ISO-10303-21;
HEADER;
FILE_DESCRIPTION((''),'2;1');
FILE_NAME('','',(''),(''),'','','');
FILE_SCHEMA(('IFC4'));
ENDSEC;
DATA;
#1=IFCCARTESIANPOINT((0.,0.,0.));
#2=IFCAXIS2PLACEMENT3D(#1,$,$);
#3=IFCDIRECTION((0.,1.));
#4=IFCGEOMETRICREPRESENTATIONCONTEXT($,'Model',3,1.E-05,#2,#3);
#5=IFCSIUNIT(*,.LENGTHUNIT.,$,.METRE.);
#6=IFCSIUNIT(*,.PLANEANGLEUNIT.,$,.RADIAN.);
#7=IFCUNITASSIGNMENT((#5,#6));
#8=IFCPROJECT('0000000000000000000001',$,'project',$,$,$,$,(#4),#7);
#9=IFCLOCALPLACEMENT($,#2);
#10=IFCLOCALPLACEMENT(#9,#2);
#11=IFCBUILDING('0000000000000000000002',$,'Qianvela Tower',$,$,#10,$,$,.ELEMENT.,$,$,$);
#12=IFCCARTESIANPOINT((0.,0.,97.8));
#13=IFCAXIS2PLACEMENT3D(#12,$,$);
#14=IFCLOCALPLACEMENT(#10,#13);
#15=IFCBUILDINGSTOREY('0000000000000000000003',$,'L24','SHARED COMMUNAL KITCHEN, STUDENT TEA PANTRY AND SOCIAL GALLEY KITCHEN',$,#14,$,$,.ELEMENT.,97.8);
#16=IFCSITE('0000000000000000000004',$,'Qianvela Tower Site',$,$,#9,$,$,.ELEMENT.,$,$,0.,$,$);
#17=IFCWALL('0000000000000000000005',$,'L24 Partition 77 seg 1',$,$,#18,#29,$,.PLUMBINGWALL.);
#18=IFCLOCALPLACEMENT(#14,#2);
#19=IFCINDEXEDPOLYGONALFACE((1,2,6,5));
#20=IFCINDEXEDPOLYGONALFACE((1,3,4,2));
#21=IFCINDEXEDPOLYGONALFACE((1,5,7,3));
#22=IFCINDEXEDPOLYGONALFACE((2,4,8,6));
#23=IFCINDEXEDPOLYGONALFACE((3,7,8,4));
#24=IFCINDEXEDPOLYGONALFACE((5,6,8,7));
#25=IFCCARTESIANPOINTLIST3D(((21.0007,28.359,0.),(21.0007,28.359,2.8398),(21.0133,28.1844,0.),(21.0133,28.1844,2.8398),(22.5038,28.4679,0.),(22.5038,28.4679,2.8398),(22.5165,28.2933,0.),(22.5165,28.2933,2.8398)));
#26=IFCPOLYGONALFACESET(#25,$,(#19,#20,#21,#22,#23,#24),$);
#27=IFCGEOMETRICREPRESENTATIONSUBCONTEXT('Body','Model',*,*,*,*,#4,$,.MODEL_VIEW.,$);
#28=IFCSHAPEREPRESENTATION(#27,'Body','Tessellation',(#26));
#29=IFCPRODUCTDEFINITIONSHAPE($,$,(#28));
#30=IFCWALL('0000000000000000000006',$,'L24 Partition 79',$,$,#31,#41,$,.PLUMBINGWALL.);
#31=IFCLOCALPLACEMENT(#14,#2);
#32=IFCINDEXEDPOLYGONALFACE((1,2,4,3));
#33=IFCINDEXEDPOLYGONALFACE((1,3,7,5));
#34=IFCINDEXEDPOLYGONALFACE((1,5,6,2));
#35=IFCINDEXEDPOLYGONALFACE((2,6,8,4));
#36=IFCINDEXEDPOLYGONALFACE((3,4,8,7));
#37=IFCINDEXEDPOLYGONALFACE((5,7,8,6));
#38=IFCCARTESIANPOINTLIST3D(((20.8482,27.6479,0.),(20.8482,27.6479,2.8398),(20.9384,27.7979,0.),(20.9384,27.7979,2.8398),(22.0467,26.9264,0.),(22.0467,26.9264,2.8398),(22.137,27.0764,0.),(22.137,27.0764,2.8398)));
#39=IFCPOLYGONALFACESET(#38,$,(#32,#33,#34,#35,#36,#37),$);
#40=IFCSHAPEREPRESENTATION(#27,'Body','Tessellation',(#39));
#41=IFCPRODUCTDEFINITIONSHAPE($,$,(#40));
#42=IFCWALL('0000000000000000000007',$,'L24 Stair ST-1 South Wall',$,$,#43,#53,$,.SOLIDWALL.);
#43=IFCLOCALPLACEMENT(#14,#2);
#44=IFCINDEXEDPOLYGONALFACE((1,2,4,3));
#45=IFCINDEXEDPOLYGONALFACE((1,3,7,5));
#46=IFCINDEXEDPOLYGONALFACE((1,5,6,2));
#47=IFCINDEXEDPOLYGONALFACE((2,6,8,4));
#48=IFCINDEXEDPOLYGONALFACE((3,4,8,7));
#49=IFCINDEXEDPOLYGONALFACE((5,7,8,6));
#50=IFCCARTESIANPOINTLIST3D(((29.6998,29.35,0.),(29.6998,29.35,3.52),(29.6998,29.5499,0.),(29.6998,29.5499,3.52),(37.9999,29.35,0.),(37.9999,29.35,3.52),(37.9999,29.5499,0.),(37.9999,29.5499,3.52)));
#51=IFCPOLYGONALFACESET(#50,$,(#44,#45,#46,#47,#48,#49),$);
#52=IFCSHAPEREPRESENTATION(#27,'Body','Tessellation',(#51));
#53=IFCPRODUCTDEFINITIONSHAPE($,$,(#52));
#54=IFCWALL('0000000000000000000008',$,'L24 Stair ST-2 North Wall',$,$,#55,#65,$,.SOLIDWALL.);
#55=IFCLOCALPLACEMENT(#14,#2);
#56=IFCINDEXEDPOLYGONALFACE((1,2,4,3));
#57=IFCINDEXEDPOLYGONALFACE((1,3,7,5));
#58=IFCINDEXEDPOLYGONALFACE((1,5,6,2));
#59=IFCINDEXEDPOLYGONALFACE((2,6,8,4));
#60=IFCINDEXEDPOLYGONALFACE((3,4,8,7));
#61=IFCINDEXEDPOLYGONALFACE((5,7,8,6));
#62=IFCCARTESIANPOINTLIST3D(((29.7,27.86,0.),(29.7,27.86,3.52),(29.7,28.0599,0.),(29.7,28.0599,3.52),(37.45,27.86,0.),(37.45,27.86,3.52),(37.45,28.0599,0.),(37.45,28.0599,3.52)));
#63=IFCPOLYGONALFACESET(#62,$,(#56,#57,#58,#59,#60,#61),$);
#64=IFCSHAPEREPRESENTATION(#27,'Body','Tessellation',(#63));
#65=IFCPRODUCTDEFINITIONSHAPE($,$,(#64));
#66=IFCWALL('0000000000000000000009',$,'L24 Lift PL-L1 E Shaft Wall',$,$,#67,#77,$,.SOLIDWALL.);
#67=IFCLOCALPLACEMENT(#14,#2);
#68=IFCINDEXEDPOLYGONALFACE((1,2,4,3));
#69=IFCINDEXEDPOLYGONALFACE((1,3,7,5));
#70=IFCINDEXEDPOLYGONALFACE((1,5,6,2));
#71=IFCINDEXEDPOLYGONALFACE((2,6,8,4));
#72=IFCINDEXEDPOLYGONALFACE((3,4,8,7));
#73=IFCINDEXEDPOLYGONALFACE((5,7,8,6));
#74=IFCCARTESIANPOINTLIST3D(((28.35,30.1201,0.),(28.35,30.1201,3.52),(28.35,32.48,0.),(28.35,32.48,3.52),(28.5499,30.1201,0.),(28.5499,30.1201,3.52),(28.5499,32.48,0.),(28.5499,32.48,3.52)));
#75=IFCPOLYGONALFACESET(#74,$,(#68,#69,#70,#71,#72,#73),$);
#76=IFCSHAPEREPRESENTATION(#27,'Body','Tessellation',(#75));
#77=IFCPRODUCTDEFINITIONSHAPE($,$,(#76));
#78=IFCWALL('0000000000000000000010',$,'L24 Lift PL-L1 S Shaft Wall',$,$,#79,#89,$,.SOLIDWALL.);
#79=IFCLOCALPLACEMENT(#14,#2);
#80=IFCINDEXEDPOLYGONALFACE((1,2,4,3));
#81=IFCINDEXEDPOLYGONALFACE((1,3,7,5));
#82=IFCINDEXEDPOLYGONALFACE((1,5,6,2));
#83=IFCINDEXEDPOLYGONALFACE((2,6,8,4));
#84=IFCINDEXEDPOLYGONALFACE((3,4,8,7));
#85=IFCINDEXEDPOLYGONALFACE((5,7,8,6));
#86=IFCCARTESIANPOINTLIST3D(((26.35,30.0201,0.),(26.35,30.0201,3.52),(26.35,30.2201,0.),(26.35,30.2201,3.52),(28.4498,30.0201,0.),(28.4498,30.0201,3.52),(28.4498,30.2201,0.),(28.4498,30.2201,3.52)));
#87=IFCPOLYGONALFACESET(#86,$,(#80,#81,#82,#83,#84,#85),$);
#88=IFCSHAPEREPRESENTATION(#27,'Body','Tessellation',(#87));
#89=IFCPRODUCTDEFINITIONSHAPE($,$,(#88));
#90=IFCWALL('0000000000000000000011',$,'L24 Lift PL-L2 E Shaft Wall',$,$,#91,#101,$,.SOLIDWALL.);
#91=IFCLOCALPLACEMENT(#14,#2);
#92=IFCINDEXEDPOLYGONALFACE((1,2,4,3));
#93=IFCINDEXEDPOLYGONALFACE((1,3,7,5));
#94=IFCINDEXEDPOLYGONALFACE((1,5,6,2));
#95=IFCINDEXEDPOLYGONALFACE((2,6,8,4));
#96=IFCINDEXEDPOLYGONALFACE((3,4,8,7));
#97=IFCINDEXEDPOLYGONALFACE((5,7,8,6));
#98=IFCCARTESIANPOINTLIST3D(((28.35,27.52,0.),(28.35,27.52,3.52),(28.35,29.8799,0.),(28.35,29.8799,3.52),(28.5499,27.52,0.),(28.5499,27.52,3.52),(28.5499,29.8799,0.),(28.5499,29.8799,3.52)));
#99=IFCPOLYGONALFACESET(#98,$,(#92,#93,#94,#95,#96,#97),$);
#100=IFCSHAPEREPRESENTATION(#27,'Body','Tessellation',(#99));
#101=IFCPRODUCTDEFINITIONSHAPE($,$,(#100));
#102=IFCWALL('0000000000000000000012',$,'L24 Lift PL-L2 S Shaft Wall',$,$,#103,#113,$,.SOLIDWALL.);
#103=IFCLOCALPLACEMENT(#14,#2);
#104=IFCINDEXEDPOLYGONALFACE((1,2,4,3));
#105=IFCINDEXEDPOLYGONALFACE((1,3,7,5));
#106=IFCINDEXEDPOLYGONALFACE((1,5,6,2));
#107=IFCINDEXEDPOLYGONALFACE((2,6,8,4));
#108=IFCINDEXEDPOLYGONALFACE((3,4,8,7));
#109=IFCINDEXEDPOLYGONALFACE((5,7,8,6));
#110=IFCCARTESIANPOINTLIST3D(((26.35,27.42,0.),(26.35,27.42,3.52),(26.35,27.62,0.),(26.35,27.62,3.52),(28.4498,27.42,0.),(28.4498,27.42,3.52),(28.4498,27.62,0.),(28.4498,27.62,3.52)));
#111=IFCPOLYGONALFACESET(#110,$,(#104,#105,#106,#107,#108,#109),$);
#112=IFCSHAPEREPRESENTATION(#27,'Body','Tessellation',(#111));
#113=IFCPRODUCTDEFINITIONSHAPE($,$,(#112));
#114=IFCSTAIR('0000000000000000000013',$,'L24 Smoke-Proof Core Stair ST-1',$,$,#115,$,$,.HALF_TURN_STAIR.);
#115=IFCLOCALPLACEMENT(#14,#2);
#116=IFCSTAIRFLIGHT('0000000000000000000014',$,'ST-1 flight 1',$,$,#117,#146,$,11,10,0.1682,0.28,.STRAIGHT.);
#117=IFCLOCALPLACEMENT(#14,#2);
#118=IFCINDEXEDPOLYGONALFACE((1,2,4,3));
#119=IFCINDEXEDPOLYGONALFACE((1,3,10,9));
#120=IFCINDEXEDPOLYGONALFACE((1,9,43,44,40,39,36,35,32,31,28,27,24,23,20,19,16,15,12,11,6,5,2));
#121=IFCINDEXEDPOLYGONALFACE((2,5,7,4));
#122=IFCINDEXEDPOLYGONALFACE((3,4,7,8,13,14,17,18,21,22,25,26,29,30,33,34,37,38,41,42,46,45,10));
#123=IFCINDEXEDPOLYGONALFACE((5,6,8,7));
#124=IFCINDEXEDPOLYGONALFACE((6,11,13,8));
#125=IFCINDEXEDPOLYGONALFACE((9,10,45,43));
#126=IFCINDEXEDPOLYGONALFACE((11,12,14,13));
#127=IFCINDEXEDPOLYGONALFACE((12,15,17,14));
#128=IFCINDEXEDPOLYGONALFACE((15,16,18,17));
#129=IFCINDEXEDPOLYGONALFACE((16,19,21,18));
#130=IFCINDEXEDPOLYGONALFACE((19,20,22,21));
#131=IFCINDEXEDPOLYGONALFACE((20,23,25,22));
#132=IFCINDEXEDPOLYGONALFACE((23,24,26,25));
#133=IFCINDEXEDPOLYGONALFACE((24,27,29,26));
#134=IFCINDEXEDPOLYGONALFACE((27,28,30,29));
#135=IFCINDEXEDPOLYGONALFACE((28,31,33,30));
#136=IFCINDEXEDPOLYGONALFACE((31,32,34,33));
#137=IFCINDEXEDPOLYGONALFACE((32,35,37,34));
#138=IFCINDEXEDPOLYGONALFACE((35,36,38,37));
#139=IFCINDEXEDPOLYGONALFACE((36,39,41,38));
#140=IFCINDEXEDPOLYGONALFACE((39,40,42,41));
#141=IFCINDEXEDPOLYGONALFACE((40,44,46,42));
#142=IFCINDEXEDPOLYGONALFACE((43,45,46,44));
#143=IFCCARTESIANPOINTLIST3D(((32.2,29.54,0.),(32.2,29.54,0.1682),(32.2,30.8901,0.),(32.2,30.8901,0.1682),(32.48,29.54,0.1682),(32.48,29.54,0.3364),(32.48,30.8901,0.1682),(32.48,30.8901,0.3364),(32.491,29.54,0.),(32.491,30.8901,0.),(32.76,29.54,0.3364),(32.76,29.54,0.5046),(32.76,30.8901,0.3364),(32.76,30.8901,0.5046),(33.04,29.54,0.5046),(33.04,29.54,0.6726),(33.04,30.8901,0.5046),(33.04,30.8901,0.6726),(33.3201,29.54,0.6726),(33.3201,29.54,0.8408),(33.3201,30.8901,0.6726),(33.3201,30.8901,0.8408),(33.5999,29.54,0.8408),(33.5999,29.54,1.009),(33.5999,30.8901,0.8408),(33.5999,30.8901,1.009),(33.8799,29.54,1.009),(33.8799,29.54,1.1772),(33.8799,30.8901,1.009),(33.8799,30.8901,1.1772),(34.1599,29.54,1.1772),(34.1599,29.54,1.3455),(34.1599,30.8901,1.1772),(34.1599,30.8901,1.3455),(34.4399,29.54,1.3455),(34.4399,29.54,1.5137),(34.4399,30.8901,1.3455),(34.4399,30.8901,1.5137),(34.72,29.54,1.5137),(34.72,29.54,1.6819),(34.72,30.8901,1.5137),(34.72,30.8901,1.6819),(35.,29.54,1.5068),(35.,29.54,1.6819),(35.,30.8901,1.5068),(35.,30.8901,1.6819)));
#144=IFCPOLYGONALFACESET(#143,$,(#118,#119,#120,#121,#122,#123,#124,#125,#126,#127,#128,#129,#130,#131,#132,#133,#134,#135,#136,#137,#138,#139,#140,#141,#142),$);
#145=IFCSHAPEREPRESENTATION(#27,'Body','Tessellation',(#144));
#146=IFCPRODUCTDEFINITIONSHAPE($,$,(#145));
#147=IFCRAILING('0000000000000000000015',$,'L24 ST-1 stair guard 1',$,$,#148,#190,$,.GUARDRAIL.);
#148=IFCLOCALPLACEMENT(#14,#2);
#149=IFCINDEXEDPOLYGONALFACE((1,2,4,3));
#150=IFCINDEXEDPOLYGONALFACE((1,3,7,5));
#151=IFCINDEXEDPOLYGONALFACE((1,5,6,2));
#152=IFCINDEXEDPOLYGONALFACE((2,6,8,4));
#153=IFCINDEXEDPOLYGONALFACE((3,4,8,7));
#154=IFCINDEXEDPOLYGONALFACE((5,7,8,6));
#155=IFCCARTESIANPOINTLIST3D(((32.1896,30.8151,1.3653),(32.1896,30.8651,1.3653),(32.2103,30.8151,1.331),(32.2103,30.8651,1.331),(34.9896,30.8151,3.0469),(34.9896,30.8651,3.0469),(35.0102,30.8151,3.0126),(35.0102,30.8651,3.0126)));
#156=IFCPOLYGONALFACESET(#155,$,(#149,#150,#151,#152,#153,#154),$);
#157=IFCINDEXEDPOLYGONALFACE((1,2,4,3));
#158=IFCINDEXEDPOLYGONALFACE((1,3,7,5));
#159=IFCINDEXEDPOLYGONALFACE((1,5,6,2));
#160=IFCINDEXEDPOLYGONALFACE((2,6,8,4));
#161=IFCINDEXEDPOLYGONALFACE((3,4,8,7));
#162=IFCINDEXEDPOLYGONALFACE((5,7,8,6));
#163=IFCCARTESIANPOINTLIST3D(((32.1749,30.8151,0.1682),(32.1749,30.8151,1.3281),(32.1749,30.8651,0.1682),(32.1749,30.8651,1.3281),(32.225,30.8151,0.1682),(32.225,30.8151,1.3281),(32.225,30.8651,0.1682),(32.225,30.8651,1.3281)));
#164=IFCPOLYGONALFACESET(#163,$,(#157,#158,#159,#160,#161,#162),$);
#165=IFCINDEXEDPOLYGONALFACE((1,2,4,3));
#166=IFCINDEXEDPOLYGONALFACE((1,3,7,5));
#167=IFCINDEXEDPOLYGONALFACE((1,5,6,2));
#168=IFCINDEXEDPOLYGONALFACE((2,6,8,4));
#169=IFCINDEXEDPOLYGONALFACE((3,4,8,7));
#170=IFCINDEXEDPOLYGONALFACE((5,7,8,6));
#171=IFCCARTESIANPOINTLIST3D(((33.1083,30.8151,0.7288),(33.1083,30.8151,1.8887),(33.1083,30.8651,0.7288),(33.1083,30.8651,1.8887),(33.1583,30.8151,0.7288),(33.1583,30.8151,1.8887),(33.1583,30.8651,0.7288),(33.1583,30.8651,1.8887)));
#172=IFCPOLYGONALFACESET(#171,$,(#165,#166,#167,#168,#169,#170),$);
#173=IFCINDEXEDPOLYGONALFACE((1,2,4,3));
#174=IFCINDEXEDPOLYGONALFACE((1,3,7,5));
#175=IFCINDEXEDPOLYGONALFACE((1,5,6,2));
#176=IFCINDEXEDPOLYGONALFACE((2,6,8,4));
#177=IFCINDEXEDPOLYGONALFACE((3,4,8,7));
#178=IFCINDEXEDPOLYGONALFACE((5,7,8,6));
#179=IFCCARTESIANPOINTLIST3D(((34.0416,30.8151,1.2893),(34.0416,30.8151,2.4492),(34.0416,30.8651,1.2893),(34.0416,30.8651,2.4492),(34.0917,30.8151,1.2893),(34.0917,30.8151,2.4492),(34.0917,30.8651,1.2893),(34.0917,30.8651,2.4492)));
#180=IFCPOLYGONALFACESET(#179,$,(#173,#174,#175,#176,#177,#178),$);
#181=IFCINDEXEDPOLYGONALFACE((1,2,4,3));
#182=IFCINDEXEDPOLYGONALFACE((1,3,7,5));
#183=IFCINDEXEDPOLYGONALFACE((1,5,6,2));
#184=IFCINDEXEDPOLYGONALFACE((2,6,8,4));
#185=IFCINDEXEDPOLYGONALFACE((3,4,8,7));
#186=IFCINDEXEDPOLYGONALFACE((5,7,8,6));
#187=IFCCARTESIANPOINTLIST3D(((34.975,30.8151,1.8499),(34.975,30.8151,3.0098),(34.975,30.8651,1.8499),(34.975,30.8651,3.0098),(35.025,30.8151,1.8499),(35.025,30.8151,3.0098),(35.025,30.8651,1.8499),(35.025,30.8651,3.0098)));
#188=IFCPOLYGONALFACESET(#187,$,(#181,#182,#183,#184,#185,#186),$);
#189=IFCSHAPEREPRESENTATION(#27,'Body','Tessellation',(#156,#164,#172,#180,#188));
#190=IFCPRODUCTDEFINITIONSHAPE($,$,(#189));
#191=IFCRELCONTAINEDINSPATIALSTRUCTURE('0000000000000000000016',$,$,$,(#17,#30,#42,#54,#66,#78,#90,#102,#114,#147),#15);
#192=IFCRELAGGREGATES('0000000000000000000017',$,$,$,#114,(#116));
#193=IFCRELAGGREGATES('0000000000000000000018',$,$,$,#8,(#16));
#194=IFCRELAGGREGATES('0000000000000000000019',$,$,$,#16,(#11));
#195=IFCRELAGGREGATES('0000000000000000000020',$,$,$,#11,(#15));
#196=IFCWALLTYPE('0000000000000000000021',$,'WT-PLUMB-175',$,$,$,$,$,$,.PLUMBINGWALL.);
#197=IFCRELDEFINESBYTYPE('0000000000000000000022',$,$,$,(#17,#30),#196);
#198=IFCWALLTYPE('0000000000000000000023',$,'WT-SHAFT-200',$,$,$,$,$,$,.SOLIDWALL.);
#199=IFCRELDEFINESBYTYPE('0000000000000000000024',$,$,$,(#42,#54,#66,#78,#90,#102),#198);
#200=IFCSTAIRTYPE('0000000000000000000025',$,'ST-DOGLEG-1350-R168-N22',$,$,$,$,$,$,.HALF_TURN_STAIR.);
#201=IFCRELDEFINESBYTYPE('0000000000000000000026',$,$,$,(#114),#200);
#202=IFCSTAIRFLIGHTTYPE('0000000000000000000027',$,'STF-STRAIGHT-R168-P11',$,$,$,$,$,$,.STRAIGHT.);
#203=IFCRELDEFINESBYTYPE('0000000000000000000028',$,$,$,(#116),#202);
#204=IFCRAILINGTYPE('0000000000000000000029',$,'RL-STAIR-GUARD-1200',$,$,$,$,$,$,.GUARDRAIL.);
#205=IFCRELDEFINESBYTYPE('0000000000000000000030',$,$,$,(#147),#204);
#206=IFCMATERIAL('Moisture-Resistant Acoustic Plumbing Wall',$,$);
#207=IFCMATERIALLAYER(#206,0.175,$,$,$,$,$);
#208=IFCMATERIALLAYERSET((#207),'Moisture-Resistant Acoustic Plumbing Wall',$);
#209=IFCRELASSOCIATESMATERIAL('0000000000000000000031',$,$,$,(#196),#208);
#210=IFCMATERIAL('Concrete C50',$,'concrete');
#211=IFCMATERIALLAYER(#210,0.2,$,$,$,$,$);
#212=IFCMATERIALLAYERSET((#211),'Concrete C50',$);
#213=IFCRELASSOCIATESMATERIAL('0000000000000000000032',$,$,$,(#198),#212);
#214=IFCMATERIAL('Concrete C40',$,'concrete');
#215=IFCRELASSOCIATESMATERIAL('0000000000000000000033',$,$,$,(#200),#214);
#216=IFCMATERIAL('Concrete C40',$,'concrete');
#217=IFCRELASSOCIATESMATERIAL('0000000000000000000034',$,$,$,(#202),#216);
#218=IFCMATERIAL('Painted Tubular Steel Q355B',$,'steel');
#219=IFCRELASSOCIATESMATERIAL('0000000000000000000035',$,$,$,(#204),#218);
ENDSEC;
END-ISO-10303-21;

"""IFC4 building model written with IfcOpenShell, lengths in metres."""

from ifc_helpers import new_model, si_unit, direction, frame, frame_2d, origin, origin_2d, place, context, subcontext, project, spatial, polyline, rectangle, outline, extrude, material, layer, layer_set, type_object, element, aggregate, save


model = new_model("IFC4")

# Units and contexts
model_context = context("Model", 3, precision=1e-05, world=origin(), true_north=direction((0.0, 1.0)))
body_context = subcontext(model_context, "Body", "Model", "MODEL_VIEW")
ifc_project = project(units=[si_unit("LENGTHUNIT", "METRE"), si_unit("PLANEANGLEUNIT", "RADIAN")], contexts=[model_context])

# Site, building, storey
site_placement = place(None, origin())
site = spatial("IfcSite", under=ifc_project, at=site_placement, Name="Qianvela Tower Site", CompositionType="ELEMENT", RefElevation=0.0)
building_placement = place(site_placement, origin())
building = spatial("IfcBuilding", under=site, at=building_placement, Name="Qianvela Tower", CompositionType="ELEMENT")
storey_placement = place(building_placement, frame((0.0, 0.0, 97.8)))
storey = spatial("IfcBuildingStorey", under=building, at=storey_placement, Name="L24", Description="SHARED COMMUNAL KITCHEN, STUDENT TEA PANTRY AND SOCIAL GALLEY KITCHEN", CompositionType="ELEMENT", Elevation=97.8)

# Walls
ifc_material_1 = material(Name="Moisture-Resistant Acoustic Plumbing Wall")
ifc_layer_1 = layer(ifc_material_1, 0.175)
ifc_layer_set_1 = layer_set([ifc_layer_1], Name="Moisture-Resistant Acoustic Plumbing Wall")
wall_type_1 = type_object("IfcWallType", Name="WT-PLUMB-175", PredefinedType="PLUMBINGWALL", material=ifc_layer_set_1)
wall_1_placement = place(storey_placement, frame((22.51, 28.3806, 0.0), z_axis=(0.0, 0.0, 1.0), x_axis=(-0.997387, -0.072249, 0.0)))
element("IfcWall", 1, at=wall_1_placement, inside=storey, type_object=wall_type_1, Name="L24 Partition 77 seg 1", PredefinedType="PLUMBINGWALL", context=body_context, shape_type="SweptSolid", body=[
    extrude(rectangle(XDim=1.5071, YDim=0.175, at=frame_2d((0.7534, 0.0))), origin(), (0.0, 0.0, 1.0), 2.8398),
])
wall_2_placement = place(storey_placement, frame((20.8933, 27.7229, 0.0), z_axis=(0.0, 0.0, 1.0), x_axis=(0.856753, -0.515727, 0.0)))
element("IfcWall", 2, at=wall_2_placement, inside=storey, type_object=wall_type_1, Name="L24 Partition 79", PredefinedType="PLUMBINGWALL", context=body_context, shape_type="SweptSolid", body=[
    extrude(rectangle(XDim=1.3989, YDim=0.175, at=frame_2d((0.6995, 0.0))), origin(), (0.0, 0.0, 1.0), 2.8398),
])
ifc_material_2 = material(Name="Concrete C50", Category="concrete")
ifc_layer_2 = layer(ifc_material_2, 0.2)
ifc_layer_set_2 = layer_set([ifc_layer_2], Name="Concrete C50")
wall_type_2 = type_object("IfcWallType", Name="WT-SHAFT-200", PredefinedType="SOLIDWALL", material=ifc_layer_set_2)
wall_3_placement = place(storey_placement, frame((29.7, 29.45, 0.0), z_axis=(0.0, 0.0, 1.0), x_axis=(1.0, 0.0, 0.0)))
element("IfcWall", 3, at=wall_3_placement, inside=storey, type_object=wall_type_2, Name="L24 Stair ST-1 South Wall", PredefinedType="SOLIDWALL", context=body_context, shape_type="SweptSolid", body=[
    extrude(rectangle(XDim=8.3, YDim=0.2, at=frame_2d((4.1499, 0.0))), origin(), (0.0, 0.0, 1.0), 3.52),
])
wall_4_placement = place(storey_placement, frame((29.7, 27.96, 0.0), z_axis=(0.0, 0.0, 1.0), x_axis=(1.0, 0.0, 0.0)))
element("IfcWall", 4, at=wall_4_placement, inside=storey, type_object=wall_type_2, Name="L24 Stair ST-2 North Wall", PredefinedType="SOLIDWALL", context=body_context, shape_type="SweptSolid", body=[
    extrude(rectangle(XDim=7.75, YDim=0.2, at=frame_2d((3.875, 0.0))), origin(), (0.0, 0.0, 1.0), 3.52),
])
wall_5_placement = place(storey_placement, frame((28.45, 30.1201, 0.0), z_axis=(0.0, 0.0, 1.0), x_axis=(0.0, 1.0, 0.0)))
element("IfcWall", 5, at=wall_5_placement, inside=storey, type_object=wall_type_2, Name="L24 Lift PL-L1 E Shaft Wall", PredefinedType="SOLIDWALL", context=body_context, shape_type="SweptSolid", body=[
    extrude(rectangle(XDim=2.3599, YDim=0.2, at=frame_2d((1.1799, 0.0))), origin(), (0.0, 0.0, 1.0), 3.52),
])

# Walls
wall_6_placement = place(storey_placement, frame((26.3501, 30.1201, 0.0), z_axis=(0.0, 0.0, 1.0), x_axis=(1.0, 0.0, 0.0)))
element("IfcWall", 6, at=wall_6_placement, inside=storey, type_object=wall_type_2, Name="L24 Lift PL-L1 S Shaft Wall", PredefinedType="SOLIDWALL", context=body_context, shape_type="SweptSolid", body=[
    extrude(rectangle(XDim=2.0999, YDim=0.2, at=frame_2d((1.0498, 0.0))), origin(), (0.0, 0.0, 1.0), 3.52),
])
wall_7_placement = place(storey_placement, frame((28.45, 27.52, 0.0), z_axis=(0.0, 0.0, 1.0), x_axis=(0.0, 1.0, 0.0)))
element("IfcWall", 7, at=wall_7_placement, inside=storey, type_object=wall_type_2, Name="L24 Lift PL-L2 E Shaft Wall", PredefinedType="SOLIDWALL", context=body_context, shape_type="SweptSolid", body=[
    extrude(rectangle(XDim=2.3599, YDim=0.2, at=frame_2d((1.1799, 0.0))), origin(), (0.0, 0.0, 1.0), 3.52),
])

# Wall
wall_8_placement = place(storey_placement, frame((26.3501, 27.52, 0.0), z_axis=(0.0, 0.0, 1.0), x_axis=(1.0, 0.0, 0.0)))
element("IfcWall", 8, at=wall_8_placement, inside=storey, type_object=wall_type_2, Name="L24 Lift PL-L2 S Shaft Wall", PredefinedType="SOLIDWALL", context=body_context, shape_type="SweptSolid", body=[
    extrude(rectangle(XDim=2.0999, YDim=0.2, at=frame_2d((1.0498, 0.0))), origin(), (0.0, 0.0, 1.0), 3.52),
])

# Stair, stair flight
ifc_material_3 = material(Name="Concrete C40", Category="concrete")
stair_type = type_object("IfcStairType", Name="ST-DOGLEG-1350-R168-N22", PredefinedType="HALF_TURN_STAIR", material=ifc_material_3)
stair_placement = place(storey_placement, origin())
stair = element("IfcStair", 9, at=stair_placement, inside=storey, type_object=stair_type, Name="L24 Smoke-Proof Core Stair ST-1", PredefinedType="HALF_TURN_STAIR")
ifc_material_4 = material(Name="Concrete C40", Category="concrete")
stair_flight_type = type_object("IfcStairFlightType", Name="STF-STRAIGHT-R168-P11", PredefinedType="STRAIGHT", material=ifc_material_4)
stair_flight_placement = place(storey_placement, frame((32.2, 30.2151, 0.0), z_axis=(0.0, 0.0, 1.0), x_axis=(1.0, 0.0, 0.0)))
stair_flight = element("IfcStairFlight", 10, at=stair_flight_placement, type_object=stair_flight_type, Name="ST-1 flight 1", NumberOfRisers=11, NumberOfTreads=10, PredefinedType="STRAIGHT", RiserHeight=0.1682, TreadLength=0.28, context=body_context, shape_type="SweptSolid", body=[
    extrude(outline(polyline([(0.0, 0.0), (0.0, 0.1682), (0.28, 0.1682), (0.28, 0.3364), (0.5601, 0.3364), (0.5601, 0.5046), (0.8401, 0.5046), (0.8401, 0.6726), (1.1201, 0.6726), (1.1201, 0.8408), (1.3999, 0.8408), (1.3999, 1.009), (1.6799, 1.009), (1.6799, 1.1772), (1.96, 1.1772), (1.96, 1.3455), (2.24, 1.3455), (2.24, 1.5137), (2.52, 1.5137), (2.52, 1.6819), (2.8, 1.6819), (2.8, 1.8501), (2.8, 1.5068), (0.291, 0.0), (0.0, 0.0)])), frame((0.0, 0.675, 0.0), z_axis=(0.0, -1.0, 0.0), x_axis=(1.0, 0.0, 0.0)), (0.0, 0.0, 1.0), 1.3501),
])
aggregate(stair, [stair_flight])

# Railing
ifc_material_5 = material(Name="Painted Tubular Steel Q355B", Category="steel")
railing_type_1 = type_object("IfcRailingType", Name="RL-STAIR-GUARD-1200", PredefinedType="GUARDRAIL", material=ifc_material_5)
railing_1_placement = place(storey_placement, frame((32.2, 30.8401, 0.1682)))
element("IfcRailing", 11, at=railing_1_placement, inside=storey, type_object=railing_type_1, Name="L24 ST-1 stair guard 1", PredefinedType="GUARDRAIL", context=body_context, shape_type="SweptSolid", body=[
    extrude(rectangle(XDim=0.05, YDim=0.04, at=origin_2d()), frame((0.0, 0.0, 1.1799), z_axis=(0.857275, 0.0, 0.514858), x_axis=(0.0, 1.0, 0.0)), (0.0, 0.0, 1.0), 3.2661),
    extrude(rectangle(XDim=0.05, YDim=0.05, at=origin_2d()), origin(), (0.0, 0.0, 1.0), 1.1599),
    extrude(rectangle(XDim=0.05, YDim=0.05, at=origin_2d()), frame((0.9333, 0.0, 0.5605)), (0.0, 0.0, 1.0), 1.1599),
    extrude(rectangle(XDim=0.05, YDim=0.05, at=origin_2d()), frame((1.8667, 0.0, 1.1211)), (0.0, 0.0, 1.0), 1.1599),
    extrude(rectangle(XDim=0.05, YDim=0.05, at=origin_2d()), frame((2.8, 0.0, 1.6816)), (0.0, 0.0, 1.0), 1.1599),
])

save(model, "model.ifc")
